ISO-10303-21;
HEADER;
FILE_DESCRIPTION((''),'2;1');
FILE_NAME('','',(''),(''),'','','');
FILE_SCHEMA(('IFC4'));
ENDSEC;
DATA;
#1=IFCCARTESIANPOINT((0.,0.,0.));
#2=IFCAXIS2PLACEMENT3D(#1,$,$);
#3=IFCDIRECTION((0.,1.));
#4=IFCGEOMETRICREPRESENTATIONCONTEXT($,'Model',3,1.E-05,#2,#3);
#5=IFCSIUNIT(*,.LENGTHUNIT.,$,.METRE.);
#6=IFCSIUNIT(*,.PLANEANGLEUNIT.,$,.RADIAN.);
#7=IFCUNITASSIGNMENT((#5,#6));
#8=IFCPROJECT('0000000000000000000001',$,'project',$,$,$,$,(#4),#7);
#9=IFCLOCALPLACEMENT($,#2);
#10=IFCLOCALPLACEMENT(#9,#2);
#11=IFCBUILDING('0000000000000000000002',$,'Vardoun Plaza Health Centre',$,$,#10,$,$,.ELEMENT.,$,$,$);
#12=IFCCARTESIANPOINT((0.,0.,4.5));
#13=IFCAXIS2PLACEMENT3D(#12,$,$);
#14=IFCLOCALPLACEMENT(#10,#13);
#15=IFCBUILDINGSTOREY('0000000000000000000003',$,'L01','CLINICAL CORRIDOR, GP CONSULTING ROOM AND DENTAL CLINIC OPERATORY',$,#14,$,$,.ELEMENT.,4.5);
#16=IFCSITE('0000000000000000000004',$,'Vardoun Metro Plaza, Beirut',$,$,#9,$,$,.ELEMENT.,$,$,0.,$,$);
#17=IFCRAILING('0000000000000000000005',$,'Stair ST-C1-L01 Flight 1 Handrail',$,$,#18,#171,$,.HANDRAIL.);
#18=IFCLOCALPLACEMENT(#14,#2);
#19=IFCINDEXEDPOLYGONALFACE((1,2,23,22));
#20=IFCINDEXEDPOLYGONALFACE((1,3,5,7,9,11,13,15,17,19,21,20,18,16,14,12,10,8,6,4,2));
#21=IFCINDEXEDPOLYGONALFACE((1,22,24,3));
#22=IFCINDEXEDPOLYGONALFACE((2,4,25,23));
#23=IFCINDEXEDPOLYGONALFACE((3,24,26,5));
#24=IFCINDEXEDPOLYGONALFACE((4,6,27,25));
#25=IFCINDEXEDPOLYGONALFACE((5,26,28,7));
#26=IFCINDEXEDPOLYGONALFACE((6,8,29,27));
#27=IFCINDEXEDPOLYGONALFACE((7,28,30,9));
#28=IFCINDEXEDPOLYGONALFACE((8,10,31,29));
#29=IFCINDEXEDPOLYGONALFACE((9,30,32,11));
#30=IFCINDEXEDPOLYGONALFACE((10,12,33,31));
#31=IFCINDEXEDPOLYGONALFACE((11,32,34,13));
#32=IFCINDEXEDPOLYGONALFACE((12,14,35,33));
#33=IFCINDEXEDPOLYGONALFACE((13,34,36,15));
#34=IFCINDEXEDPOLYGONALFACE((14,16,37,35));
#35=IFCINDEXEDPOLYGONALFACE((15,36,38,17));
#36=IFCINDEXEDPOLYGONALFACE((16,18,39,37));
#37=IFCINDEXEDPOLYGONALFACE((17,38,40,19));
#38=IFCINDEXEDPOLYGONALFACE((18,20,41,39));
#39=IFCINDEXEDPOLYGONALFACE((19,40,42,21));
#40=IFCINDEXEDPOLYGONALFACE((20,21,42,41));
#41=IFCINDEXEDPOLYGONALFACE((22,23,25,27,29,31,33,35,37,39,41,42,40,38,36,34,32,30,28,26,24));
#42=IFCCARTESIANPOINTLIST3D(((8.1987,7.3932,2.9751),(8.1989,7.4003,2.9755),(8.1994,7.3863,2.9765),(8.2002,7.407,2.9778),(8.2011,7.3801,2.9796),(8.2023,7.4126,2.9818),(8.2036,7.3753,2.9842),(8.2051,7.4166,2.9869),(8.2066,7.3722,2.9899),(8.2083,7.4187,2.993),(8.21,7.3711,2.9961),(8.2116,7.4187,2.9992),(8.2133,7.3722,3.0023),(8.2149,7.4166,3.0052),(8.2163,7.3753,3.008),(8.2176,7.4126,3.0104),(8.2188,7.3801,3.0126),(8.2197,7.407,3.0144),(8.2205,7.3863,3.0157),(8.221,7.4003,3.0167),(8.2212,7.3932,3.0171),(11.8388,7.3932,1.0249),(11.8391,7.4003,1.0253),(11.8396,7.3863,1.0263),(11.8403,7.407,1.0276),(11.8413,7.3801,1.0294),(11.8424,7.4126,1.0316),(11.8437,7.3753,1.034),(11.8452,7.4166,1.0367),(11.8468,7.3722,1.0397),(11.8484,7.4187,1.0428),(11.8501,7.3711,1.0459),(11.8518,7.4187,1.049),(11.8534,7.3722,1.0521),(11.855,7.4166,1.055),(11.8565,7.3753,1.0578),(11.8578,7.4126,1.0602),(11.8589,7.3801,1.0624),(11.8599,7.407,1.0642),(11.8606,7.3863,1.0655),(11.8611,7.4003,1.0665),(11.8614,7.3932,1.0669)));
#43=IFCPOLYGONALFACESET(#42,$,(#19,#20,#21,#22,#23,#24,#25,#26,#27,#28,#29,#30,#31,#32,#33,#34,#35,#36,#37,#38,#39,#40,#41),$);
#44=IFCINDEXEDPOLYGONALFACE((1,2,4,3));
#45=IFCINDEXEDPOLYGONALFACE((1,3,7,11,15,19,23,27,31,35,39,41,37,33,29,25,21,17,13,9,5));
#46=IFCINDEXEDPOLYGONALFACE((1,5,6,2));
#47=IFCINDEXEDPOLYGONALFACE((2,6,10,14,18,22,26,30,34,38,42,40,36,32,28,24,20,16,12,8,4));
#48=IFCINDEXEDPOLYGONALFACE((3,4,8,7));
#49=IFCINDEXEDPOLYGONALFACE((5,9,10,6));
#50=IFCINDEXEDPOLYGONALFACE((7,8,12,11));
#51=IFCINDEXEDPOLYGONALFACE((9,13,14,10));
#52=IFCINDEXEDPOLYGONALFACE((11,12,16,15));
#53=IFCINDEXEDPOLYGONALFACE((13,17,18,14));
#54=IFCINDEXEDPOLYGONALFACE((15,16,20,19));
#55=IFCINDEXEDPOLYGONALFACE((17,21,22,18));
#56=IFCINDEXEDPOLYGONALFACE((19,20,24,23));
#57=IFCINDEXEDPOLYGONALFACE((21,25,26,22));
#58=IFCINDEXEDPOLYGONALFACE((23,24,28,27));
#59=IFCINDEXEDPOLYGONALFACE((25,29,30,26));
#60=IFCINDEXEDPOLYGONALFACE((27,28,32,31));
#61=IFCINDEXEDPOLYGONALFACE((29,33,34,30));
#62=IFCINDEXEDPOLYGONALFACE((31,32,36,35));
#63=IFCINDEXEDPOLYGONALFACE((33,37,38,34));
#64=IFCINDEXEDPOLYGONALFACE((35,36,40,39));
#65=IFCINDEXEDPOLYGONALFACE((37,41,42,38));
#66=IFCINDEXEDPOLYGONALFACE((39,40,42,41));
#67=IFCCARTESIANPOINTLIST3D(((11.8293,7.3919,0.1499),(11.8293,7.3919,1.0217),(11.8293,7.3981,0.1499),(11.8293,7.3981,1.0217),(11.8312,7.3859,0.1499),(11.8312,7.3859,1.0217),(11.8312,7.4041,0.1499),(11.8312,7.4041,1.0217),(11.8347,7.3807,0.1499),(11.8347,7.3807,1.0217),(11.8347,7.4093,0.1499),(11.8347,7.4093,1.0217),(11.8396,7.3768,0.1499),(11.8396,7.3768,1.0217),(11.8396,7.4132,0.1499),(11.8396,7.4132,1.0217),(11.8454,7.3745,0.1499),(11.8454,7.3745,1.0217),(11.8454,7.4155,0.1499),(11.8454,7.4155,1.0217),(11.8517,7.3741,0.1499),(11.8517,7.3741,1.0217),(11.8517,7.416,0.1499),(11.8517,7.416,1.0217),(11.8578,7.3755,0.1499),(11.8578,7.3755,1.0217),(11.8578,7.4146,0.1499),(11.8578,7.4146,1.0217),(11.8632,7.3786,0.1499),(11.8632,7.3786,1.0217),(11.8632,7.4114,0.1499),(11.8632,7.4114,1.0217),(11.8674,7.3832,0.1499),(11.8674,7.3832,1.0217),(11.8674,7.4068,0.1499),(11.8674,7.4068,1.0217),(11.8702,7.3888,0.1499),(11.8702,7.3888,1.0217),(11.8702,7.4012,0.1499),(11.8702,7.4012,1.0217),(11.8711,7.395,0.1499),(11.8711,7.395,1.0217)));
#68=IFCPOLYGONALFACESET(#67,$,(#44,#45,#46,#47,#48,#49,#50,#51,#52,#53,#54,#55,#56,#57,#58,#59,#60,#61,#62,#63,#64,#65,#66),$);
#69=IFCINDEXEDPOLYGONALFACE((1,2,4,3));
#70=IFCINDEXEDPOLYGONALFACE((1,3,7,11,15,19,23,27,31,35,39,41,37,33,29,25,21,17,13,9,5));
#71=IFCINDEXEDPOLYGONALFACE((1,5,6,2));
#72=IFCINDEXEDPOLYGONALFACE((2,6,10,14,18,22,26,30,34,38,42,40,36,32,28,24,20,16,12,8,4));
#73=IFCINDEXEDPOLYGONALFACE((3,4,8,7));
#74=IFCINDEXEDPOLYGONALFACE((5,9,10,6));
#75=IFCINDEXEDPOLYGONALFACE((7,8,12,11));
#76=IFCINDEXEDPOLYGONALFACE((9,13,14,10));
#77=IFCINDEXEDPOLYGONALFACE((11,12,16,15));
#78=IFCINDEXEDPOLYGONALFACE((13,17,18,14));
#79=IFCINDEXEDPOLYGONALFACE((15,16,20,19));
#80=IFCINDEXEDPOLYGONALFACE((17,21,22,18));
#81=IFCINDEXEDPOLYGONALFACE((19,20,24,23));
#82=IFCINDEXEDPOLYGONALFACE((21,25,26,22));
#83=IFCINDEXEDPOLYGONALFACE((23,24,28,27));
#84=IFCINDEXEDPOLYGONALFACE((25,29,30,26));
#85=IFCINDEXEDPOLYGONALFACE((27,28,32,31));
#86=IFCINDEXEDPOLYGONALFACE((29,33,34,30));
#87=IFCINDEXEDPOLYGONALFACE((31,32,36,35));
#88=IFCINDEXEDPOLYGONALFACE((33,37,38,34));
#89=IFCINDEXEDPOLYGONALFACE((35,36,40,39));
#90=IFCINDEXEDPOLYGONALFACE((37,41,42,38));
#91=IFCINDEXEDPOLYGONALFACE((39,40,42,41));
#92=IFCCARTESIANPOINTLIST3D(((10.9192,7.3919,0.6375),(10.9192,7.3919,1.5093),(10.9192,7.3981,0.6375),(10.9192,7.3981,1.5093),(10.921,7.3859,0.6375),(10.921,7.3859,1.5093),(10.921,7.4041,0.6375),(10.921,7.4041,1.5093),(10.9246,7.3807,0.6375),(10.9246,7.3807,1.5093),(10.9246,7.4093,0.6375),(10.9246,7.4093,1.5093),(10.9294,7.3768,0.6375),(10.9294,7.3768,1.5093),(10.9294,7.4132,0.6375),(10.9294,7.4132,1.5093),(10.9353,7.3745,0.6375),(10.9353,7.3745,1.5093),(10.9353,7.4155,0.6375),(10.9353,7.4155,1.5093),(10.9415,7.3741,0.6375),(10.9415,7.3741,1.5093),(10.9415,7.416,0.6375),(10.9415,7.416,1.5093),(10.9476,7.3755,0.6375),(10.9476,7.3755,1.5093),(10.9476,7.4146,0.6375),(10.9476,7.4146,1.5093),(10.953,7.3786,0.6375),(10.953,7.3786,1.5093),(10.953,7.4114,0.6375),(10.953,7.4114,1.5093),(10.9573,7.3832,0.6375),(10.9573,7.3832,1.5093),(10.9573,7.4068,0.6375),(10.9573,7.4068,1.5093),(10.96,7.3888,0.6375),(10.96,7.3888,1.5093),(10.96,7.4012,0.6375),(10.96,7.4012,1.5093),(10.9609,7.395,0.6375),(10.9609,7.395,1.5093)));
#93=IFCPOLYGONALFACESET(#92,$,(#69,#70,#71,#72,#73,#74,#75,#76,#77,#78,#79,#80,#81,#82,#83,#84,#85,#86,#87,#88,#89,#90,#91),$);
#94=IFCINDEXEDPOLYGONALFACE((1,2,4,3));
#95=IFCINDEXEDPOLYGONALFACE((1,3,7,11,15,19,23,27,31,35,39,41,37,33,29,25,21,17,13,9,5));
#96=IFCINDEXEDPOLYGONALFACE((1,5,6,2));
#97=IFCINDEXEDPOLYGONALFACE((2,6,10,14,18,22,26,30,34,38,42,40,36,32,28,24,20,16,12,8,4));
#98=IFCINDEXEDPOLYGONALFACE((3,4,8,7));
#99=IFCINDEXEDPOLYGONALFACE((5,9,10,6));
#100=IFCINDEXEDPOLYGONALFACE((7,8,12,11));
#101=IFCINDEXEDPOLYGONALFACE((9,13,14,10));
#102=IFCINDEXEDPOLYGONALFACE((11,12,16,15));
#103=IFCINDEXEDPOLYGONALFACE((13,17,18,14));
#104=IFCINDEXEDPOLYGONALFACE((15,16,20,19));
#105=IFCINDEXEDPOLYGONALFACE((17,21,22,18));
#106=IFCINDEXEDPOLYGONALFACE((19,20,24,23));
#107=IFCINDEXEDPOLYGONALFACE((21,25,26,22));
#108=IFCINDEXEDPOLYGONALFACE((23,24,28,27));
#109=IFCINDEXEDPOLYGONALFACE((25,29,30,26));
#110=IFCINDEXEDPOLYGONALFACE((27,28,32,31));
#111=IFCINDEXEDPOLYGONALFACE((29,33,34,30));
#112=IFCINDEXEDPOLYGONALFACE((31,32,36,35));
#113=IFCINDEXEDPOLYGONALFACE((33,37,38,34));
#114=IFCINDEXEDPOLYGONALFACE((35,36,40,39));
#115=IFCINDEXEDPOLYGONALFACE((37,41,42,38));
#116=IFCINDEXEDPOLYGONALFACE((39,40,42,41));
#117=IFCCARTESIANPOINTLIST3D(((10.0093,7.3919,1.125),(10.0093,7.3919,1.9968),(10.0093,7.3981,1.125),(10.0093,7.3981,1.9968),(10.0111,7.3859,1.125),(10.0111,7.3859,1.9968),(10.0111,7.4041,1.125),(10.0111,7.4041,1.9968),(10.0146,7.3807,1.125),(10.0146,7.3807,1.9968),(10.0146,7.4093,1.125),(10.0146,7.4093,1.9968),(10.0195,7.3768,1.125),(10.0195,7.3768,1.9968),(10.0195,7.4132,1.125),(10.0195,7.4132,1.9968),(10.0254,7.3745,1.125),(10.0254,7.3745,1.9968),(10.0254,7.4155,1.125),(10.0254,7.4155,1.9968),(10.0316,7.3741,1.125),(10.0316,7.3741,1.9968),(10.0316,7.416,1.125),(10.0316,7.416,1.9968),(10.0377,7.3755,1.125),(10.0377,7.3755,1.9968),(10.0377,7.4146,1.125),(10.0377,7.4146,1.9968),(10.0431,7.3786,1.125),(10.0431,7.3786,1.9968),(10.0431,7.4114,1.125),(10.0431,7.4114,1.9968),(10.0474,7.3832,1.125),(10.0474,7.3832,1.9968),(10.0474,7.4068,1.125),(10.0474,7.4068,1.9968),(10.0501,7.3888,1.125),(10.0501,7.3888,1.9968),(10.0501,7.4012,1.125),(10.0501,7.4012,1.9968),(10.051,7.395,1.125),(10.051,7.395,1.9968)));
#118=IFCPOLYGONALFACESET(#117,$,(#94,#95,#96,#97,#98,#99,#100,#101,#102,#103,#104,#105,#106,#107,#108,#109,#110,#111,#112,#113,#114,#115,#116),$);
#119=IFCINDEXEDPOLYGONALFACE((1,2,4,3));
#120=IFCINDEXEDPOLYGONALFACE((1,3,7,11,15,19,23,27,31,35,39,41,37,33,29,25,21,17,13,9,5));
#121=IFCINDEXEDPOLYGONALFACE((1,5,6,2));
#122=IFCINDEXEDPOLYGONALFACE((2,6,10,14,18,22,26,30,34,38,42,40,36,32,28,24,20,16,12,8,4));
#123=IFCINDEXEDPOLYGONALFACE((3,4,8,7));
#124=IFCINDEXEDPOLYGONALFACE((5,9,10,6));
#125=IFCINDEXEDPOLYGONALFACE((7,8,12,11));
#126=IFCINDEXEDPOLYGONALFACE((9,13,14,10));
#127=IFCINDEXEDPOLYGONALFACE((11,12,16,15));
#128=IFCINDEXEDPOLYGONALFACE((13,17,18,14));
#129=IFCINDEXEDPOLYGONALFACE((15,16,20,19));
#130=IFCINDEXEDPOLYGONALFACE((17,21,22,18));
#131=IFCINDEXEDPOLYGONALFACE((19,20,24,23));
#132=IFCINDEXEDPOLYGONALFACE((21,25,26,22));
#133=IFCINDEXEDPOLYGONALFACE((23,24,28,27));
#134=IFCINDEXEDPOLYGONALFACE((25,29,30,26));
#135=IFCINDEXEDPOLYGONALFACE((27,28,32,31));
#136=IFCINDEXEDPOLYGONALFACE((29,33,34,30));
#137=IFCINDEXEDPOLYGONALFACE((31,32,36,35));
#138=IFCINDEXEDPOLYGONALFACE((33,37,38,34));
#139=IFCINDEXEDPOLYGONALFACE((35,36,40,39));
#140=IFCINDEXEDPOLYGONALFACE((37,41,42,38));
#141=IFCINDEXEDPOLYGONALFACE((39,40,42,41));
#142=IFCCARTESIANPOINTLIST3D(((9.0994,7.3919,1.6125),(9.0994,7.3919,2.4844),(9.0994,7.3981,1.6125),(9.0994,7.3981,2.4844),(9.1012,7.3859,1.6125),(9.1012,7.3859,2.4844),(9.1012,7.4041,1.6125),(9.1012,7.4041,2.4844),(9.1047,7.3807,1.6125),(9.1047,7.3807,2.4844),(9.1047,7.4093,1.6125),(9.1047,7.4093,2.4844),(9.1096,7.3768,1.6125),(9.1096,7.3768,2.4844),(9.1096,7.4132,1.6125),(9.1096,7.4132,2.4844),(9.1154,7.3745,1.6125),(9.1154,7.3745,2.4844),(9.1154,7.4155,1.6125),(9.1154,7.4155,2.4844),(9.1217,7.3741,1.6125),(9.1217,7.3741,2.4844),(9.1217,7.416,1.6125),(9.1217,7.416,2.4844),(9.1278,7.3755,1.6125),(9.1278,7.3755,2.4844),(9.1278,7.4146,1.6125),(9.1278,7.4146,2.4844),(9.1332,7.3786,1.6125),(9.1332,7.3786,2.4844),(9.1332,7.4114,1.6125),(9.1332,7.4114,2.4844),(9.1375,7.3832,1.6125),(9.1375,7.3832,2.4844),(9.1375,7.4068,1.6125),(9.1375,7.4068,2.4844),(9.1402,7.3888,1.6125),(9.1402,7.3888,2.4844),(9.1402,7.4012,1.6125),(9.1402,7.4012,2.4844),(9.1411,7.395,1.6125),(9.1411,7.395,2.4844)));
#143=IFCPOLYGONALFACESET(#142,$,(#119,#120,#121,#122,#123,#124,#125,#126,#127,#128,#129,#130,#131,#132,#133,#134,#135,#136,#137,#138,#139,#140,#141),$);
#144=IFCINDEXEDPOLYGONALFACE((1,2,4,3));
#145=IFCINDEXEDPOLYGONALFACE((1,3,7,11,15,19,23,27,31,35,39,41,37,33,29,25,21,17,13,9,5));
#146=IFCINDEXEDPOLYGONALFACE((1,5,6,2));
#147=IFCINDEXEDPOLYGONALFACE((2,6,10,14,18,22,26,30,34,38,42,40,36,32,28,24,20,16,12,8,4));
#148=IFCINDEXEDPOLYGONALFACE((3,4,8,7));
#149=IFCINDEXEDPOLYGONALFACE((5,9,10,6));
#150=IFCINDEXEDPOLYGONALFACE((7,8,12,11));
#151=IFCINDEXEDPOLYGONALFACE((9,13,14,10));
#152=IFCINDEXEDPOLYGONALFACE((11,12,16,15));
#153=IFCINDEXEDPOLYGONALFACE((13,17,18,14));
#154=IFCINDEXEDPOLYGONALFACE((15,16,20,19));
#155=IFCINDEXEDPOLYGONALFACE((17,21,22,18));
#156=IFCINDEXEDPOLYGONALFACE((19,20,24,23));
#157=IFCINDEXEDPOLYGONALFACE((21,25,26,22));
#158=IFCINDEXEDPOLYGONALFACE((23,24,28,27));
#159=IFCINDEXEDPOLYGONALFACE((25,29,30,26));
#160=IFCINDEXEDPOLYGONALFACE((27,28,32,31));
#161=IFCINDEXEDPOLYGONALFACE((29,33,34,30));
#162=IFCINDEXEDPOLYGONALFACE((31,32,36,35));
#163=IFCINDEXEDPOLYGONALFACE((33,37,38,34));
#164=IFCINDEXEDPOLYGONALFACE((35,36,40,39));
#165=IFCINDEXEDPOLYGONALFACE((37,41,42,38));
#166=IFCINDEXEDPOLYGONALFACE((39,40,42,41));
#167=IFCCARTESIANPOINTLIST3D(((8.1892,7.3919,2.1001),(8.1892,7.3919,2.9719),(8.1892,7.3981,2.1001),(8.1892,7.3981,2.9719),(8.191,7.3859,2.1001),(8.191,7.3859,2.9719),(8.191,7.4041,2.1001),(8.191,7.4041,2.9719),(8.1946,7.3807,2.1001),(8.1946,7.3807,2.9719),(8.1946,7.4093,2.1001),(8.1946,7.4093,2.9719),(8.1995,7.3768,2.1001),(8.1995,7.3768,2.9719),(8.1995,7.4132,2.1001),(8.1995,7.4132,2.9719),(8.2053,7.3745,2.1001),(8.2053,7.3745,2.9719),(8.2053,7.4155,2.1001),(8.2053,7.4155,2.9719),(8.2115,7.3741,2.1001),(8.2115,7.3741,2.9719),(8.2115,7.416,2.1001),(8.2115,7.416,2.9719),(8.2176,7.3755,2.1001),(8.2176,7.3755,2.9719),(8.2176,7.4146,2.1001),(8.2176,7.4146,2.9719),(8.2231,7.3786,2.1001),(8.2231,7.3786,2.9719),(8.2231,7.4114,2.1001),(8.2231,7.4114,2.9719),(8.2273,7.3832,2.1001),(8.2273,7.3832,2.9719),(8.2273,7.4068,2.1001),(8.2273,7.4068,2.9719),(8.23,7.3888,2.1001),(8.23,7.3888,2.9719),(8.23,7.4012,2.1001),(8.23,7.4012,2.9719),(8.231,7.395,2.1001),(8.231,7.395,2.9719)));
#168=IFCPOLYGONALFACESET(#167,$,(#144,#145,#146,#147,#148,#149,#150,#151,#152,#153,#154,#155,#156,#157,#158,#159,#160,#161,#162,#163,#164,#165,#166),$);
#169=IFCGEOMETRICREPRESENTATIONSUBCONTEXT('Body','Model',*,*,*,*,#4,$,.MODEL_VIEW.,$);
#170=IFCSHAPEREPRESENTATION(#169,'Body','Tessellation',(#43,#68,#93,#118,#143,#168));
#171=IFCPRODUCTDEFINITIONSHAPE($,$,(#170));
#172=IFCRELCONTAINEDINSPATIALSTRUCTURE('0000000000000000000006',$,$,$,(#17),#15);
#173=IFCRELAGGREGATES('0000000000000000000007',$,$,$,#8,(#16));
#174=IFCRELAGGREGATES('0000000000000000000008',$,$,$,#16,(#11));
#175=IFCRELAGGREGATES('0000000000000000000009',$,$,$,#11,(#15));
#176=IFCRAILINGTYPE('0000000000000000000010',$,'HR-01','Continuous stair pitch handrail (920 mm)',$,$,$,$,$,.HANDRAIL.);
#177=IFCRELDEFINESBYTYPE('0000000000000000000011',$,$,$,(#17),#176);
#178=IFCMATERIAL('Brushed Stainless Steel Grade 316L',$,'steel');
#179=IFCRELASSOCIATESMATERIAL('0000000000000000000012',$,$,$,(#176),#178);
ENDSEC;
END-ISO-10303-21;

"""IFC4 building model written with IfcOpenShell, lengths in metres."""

from ifc_helpers import new_model, si_unit, direction, frame, origin, origin_2d, place, context, subcontext, project, spatial, circle, extrude, material, type_object, element, save


model = new_model("IFC4")

# Units and contexts
model_context = context("Model", 3, precision=1e-05, world=origin(), true_north=direction((0.0, 1.0)))
body_context = subcontext(model_context, "Body", "Model", "MODEL_VIEW")
ifc_project = project(units=[si_unit("LENGTHUNIT", "METRE"), si_unit("PLANEANGLEUNIT", "RADIAN")], contexts=[model_context])

# Site, building, storey
site_placement = place(None, origin())
site = spatial("IfcSite", under=ifc_project, at=site_placement, Name="Vardoun Metro Plaza, Beirut", CompositionType="ELEMENT", RefElevation=0.0)
building_placement = place(site_placement, origin())
building = spatial("IfcBuilding", under=site, at=building_placement, Name="Vardoun Plaza Health Centre", CompositionType="ELEMENT")
storey_placement = place(building_placement, frame((0.0, 0.0, 4.5)))
storey = spatial("IfcBuildingStorey", under=building, at=storey_placement, Name="L01", Description="CLINICAL CORRIDOR, GP CONSULTING ROOM AND DENTAL CLINIC OPERATORY", CompositionType="ELEMENT", Elevation=4.5)

# Railing
ifc_material_1 = material(Name="Brushed Stainless Steel Grade 316L", Category="steel")
railing_type_1 = type_object("IfcRailingType", Name="HR-01", Description="Continuous stair pitch handrail (920 mm)", PredefinedType="HANDRAIL", material=ifc_material_1)
railing_1_placement = place(storey_placement, frame((11.8501, 7.395, 0.1499)))
element("IfcRailing", 1, at=railing_1_placement, inside=storey, type_object=railing_type_1, Name="Stair ST-C1-L01 Flight 1 Handrail", PredefinedType="HANDRAIL", context=body_context, shape_type="SweptSolid", body=[
    extrude(circle(Radius=0.0239, at=origin_2d()), frame((0.0, 0.0, 0.896), z_axis=(-0.881468, 0.0, 0.472244), x_axis=(0.0, -1.0, 0.0)), (0.0, 0.0, 1.0), 4.1296),
    extrude(circle(Radius=0.021, at=origin_2d()), origin(), (0.0, 0.0, 1.0), 0.8718),
    extrude(circle(Radius=0.021, at=origin_2d()), frame((-0.9102, 0.0, 0.4875)), (0.0, 0.0, 1.0), 0.8718),
    extrude(circle(Radius=0.021, at=origin_2d()), frame((-1.8201, 0.0, 0.9751)), (0.0, 0.0, 1.0), 0.8718),
    extrude(circle(Radius=0.021, at=origin_2d()), frame((-2.73, 0.0, 1.4626)), (0.0, 0.0, 1.0), 0.8718),
    extrude(circle(Radius=0.021, at=origin_2d()), frame((-3.6401, 0.0, 1.9502)), (0.0, 0.0, 1.0), 0.8718),
])

save(model, "model.ifc")
